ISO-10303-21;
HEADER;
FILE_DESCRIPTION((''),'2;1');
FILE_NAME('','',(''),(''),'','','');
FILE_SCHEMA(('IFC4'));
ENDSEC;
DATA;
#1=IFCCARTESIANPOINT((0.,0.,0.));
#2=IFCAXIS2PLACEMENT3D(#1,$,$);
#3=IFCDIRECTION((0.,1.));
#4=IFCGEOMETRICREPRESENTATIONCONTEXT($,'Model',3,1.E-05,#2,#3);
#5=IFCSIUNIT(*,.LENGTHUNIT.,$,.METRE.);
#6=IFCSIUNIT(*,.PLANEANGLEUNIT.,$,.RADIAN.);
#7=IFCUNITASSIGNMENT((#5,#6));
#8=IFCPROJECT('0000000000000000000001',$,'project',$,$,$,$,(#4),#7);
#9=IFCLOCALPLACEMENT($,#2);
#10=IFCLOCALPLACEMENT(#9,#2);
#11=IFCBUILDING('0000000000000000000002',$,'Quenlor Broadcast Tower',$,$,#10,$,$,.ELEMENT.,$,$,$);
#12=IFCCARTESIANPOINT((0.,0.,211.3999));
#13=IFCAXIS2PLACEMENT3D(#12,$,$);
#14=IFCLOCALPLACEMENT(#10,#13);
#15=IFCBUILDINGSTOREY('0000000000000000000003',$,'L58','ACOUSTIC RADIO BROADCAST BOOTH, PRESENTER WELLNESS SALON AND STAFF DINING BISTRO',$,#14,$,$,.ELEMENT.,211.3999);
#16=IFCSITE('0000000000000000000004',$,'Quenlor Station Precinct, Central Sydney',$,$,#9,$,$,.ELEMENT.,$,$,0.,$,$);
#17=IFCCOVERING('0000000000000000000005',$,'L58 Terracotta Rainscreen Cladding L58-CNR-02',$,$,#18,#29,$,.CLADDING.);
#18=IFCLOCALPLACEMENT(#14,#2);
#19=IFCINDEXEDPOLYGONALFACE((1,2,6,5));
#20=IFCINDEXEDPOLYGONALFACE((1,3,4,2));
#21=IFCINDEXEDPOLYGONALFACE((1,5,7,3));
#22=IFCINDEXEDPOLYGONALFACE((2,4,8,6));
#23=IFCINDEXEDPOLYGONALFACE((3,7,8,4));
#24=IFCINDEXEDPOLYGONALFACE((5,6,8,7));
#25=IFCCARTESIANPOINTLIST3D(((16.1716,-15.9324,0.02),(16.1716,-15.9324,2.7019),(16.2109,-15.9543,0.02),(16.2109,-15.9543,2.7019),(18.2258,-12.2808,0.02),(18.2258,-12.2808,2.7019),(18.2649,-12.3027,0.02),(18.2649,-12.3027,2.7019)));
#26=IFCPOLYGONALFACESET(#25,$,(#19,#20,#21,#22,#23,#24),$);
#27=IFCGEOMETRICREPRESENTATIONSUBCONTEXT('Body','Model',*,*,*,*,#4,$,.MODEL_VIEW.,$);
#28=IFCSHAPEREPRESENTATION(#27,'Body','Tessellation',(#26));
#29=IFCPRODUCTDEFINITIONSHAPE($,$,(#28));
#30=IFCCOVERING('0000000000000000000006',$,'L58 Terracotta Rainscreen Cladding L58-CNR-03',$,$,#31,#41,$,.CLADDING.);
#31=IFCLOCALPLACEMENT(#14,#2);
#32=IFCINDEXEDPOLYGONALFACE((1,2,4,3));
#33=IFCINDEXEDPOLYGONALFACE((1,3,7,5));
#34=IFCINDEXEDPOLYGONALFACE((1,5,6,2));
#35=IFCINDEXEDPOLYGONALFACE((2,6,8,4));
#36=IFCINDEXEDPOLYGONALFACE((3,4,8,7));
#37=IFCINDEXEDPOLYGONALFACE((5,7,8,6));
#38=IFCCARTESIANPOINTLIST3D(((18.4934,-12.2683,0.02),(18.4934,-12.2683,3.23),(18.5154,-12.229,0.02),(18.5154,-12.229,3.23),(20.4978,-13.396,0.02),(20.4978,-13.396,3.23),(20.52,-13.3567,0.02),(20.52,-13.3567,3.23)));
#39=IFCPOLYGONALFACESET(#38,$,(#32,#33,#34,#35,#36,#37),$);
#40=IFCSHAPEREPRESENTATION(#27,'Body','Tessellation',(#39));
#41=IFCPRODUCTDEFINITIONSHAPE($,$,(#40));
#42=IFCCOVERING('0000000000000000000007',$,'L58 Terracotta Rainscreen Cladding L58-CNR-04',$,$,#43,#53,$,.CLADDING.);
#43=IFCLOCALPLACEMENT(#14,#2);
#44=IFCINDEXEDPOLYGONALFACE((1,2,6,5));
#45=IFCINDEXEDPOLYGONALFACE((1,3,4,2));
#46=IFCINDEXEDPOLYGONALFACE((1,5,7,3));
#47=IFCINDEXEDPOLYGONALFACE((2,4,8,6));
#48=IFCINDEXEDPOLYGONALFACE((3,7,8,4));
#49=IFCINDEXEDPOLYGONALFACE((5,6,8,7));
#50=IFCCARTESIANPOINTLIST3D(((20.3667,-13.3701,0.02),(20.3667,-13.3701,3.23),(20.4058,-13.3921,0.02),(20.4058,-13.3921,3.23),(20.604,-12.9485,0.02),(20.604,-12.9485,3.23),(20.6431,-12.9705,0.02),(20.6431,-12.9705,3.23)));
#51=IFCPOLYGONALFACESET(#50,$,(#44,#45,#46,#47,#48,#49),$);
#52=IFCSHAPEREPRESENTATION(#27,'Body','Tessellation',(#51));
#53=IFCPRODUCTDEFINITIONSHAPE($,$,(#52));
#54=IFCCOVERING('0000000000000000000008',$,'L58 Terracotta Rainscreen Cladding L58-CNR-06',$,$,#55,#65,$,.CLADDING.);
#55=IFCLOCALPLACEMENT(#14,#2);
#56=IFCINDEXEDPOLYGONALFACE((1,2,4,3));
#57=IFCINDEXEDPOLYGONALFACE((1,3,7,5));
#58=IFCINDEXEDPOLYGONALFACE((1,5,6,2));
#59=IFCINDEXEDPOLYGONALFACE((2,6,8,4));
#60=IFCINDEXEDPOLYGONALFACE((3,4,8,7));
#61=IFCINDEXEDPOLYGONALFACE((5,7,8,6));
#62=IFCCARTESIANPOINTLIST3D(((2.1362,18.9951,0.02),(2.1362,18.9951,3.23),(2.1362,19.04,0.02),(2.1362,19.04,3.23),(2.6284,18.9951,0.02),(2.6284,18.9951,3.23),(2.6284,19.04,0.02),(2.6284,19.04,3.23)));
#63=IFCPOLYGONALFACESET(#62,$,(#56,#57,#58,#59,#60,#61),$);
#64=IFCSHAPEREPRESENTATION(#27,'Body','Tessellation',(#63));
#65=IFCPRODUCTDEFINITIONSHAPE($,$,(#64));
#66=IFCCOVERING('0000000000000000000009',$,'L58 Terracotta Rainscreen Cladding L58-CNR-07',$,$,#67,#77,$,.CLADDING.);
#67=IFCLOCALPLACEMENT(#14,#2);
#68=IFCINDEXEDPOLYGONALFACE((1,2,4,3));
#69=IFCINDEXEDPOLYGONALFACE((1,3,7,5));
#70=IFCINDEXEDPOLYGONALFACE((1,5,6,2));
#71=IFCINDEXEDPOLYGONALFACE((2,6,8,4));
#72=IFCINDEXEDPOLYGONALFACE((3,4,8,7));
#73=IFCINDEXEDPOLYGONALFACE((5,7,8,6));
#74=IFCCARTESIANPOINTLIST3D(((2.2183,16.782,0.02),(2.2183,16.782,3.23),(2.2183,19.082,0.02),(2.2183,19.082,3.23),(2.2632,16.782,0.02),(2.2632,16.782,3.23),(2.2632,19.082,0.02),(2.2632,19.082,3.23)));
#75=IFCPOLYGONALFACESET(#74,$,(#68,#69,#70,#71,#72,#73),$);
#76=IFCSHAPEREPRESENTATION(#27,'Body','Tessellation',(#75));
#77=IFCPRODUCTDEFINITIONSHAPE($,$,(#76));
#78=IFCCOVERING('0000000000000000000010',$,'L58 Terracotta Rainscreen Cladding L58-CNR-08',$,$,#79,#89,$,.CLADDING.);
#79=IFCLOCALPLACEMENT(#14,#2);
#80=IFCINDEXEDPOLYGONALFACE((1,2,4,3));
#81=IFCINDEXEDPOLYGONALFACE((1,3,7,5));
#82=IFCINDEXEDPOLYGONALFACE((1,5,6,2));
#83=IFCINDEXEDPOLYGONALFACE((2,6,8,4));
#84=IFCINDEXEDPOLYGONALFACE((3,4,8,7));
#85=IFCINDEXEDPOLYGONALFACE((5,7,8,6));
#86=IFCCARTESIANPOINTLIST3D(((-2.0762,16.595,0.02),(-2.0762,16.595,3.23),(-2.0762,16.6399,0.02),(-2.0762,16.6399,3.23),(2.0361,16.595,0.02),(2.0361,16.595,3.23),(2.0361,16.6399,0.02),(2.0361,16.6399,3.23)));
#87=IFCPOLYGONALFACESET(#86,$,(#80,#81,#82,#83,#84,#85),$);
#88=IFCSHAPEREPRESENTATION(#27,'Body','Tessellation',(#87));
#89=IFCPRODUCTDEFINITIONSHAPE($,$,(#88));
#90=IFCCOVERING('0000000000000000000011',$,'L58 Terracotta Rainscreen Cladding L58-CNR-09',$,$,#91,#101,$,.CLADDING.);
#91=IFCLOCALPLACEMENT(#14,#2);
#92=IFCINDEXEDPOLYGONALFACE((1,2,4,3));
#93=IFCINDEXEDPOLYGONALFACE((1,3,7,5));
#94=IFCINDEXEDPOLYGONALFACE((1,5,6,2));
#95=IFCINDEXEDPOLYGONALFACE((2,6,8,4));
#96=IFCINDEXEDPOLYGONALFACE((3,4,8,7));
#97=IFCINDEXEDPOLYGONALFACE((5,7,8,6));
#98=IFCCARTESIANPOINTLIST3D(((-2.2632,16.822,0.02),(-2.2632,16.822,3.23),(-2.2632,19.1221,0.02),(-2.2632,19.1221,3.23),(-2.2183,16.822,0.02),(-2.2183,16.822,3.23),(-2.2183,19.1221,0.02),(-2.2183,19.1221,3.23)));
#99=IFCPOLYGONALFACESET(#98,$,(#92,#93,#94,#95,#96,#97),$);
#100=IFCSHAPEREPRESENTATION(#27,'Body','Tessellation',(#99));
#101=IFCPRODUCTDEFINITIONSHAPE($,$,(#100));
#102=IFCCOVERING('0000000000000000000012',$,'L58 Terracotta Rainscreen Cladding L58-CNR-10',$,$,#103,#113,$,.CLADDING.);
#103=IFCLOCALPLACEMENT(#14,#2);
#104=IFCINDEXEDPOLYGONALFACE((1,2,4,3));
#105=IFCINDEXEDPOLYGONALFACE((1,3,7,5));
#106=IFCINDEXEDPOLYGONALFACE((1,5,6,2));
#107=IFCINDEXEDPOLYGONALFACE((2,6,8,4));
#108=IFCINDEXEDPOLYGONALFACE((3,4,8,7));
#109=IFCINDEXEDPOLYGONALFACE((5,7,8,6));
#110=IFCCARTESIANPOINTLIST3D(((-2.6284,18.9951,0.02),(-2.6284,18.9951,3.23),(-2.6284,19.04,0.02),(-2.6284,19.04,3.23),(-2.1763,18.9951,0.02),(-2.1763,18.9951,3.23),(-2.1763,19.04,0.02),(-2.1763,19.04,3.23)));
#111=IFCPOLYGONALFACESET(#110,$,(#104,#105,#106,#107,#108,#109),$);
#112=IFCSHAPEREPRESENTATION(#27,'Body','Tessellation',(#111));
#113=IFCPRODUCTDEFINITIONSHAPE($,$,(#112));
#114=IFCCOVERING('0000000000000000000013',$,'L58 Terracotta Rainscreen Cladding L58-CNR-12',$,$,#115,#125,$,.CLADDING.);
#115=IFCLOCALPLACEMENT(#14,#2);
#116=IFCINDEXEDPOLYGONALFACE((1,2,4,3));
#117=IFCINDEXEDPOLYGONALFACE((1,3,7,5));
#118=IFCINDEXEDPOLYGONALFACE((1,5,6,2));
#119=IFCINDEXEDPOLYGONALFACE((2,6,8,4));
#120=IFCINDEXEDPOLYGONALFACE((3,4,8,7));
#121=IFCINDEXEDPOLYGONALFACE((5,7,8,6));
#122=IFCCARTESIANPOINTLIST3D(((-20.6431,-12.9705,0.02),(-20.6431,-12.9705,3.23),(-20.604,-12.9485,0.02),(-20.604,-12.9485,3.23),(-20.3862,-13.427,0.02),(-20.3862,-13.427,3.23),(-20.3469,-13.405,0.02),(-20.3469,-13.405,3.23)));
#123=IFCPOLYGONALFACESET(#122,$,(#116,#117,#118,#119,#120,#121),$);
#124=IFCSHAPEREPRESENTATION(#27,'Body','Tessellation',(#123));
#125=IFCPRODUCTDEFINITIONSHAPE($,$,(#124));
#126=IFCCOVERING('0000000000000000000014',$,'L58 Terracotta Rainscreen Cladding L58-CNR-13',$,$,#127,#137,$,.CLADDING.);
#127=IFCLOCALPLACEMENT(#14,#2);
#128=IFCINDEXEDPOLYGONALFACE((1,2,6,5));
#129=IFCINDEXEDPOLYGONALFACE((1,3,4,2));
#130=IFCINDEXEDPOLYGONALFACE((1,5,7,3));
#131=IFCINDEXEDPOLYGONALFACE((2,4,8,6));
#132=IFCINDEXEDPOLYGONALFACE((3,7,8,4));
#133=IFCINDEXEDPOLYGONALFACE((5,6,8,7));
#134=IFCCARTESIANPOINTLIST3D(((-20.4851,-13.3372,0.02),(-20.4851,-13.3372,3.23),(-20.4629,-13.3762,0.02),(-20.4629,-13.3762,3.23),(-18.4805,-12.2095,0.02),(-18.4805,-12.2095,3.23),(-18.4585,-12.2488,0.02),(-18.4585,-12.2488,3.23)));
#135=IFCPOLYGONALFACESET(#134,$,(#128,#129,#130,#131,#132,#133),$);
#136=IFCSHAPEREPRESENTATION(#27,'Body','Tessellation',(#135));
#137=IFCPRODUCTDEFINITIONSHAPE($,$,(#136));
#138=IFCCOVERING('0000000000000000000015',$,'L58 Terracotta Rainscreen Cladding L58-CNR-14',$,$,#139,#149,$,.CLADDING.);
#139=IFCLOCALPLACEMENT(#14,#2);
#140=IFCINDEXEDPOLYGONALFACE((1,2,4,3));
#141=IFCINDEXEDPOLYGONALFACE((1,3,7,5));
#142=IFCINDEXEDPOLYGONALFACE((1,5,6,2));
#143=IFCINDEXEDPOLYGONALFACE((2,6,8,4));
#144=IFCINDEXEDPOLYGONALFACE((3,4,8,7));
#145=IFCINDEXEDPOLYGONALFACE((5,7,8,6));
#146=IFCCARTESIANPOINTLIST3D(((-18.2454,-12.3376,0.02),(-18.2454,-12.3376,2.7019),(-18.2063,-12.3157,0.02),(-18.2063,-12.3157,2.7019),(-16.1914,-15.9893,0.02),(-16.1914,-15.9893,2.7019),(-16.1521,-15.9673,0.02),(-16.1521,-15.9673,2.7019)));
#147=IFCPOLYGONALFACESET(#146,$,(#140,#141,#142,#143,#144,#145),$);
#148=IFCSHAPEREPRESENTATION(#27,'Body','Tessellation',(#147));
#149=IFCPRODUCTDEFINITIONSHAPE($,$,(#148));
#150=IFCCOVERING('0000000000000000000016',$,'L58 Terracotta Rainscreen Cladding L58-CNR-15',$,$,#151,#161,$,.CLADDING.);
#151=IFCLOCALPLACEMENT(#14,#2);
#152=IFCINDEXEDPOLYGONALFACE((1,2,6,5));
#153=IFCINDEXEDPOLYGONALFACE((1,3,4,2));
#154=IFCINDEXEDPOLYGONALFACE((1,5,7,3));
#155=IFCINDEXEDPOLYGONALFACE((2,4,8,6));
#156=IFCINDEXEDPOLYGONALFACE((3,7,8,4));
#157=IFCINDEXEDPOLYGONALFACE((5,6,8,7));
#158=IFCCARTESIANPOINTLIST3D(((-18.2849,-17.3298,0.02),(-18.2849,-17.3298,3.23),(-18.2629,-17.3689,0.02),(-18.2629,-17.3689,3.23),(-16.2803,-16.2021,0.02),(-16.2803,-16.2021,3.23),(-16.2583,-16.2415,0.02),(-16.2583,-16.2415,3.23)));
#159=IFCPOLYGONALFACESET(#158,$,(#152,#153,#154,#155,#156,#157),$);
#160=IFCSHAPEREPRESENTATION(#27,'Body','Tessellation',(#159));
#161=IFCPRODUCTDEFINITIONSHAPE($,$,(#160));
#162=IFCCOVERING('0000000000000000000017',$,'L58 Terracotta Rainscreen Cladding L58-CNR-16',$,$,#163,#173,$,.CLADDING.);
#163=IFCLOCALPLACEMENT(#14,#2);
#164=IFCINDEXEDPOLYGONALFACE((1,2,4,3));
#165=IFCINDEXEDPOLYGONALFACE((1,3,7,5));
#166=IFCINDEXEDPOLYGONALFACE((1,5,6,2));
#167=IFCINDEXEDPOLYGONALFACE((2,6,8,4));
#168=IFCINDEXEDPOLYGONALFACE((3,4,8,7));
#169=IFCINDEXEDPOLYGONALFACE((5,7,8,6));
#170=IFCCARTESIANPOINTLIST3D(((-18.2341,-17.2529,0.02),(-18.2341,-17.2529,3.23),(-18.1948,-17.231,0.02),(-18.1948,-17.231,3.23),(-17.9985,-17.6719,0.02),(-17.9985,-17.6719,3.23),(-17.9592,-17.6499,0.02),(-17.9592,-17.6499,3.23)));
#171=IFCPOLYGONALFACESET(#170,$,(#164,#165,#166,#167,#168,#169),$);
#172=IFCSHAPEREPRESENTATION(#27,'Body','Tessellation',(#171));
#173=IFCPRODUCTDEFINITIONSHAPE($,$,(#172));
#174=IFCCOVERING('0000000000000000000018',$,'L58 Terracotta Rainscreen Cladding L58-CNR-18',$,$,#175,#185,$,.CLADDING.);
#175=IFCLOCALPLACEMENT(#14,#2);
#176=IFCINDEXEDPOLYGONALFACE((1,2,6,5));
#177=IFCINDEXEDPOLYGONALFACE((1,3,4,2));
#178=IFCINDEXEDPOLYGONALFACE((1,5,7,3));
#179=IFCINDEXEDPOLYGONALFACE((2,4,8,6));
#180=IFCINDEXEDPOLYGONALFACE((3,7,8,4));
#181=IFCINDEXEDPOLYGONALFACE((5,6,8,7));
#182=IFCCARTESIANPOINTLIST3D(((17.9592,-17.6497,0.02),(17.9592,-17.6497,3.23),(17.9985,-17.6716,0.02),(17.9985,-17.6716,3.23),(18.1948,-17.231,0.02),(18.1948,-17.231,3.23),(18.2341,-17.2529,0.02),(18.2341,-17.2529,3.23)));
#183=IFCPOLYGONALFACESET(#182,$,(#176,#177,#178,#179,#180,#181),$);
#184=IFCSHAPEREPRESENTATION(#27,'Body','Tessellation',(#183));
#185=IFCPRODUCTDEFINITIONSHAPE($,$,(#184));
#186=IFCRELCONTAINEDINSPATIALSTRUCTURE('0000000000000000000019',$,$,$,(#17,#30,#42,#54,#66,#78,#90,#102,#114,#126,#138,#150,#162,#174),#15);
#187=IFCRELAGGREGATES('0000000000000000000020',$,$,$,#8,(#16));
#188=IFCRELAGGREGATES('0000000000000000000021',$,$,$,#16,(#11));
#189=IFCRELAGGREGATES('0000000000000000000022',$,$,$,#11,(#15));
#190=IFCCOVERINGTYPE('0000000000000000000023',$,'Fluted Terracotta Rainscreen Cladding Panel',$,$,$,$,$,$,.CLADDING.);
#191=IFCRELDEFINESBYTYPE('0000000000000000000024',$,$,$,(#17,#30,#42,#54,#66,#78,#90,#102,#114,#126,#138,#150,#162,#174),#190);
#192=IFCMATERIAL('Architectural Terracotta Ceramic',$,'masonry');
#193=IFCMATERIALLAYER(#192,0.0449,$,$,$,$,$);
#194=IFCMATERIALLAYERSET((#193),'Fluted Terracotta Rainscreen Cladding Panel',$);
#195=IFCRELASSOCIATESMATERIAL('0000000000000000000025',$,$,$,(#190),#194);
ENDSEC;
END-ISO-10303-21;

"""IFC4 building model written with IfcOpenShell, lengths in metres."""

from ifc_helpers import new_model, si_unit, direction, frame, origin, place, context, subcontext, project, spatial, polyline, outline, extrude, material, layer, layer_set, type_object, element, save


model = new_model("IFC4")

# Units and contexts
model_context = context("Model", 3, precision=1e-05, world=origin(), true_north=direction((0.0, 1.0)))
body_context = subcontext(model_context, "Body", "Model", "MODEL_VIEW")
ifc_project = project(units=[si_unit("LENGTHUNIT", "METRE"), si_unit("PLANEANGLEUNIT", "RADIAN")], contexts=[model_context])

# Site, building, storey
site_placement = place(None, origin())
site = spatial("IfcSite", under=ifc_project, at=site_placement, Name="Quenlor Station Precinct, Central Sydney", CompositionType="ELEMENT", RefElevation=0.0)
building_placement = place(site_placement, origin())
building = spatial("IfcBuilding", under=site, at=building_placement, Name="Quenlor Broadcast Tower", CompositionType="ELEMENT")
storey_placement = place(building_placement, frame((0.0, 0.0, 211.3999)))
storey = spatial("IfcBuildingStorey", under=building, at=storey_placement, Name="L58", Description="ACOUSTIC RADIO BROADCAST BOOTH, PRESENTER WELLNESS SALON AND STAFF DINING BISTRO", CompositionType="ELEMENT", Elevation=211.3999)

# Coverings
ifc_material_1 = material(Name="Architectural Terracotta Ceramic", Category="masonry")
ifc_layer_1 = layer(ifc_material_1, 0.0449)
ifc_layer_set_1 = layer_set([ifc_layer_1], Name="Fluted Terracotta Rainscreen Cladding Panel")
covering_type_1 = type_object("IfcCoveringType", Name="Fluted Terracotta Rainscreen Cladding Panel", PredefinedType="CLADDING", material=ifc_layer_set_1)
covering_1_placement = place(storey_placement, frame((0.0, 0.0, 0.02)))
element("IfcCovering", 1, at=covering_1_placement, inside=storey, type_object=covering_type_1, Name="L58 Terracotta Rainscreen Cladding L58-CNR-02", PredefinedType="CLADDING", context=body_context, shape_type="SweptSolid", body=[
    extrude(outline(polyline([(16.2109, -15.9543), (18.2649, -12.3027), (18.2258, -12.2808), (16.1716, -15.9324), (16.2109, -15.9543)])), origin(), (0.0, 0.0, 1.0), 2.6819),
])
covering_2_placement = place(storey_placement, frame((0.0, 0.0, 0.02)))
element("IfcCovering", 2, at=covering_2_placement, inside=storey, type_object=covering_type_1, Name="L58 Terracotta Rainscreen Cladding L58-CNR-03", PredefinedType="CLADDING", context=body_context, shape_type="SweptSolid", body=[
    extrude(outline(polyline([(18.4934, -12.2683), (20.4978, -13.396), (20.52, -13.3567), (18.5154, -12.229), (18.4934, -12.2683)])), origin(), (0.0, 0.0, 1.0), 3.21),
])
covering_3_placement = place(storey_placement, frame((0.0, 0.0, 0.02)))
element("IfcCovering", 3, at=covering_3_placement, inside=storey, type_object=covering_type_1, Name="L58 Terracotta Rainscreen Cladding L58-CNR-04", PredefinedType="CLADDING", context=body_context, shape_type="SweptSolid", body=[
    extrude(outline(polyline([(20.4058, -13.3921), (20.6431, -12.9705), (20.604, -12.9485), (20.3667, -13.3701), (20.4058, -13.3921)])), origin(), (0.0, 0.0, 1.0), 3.21),
])
covering_4_placement = place(storey_placement, frame((0.0, 0.0, 0.02)))
element("IfcCovering", 4, at=covering_4_placement, inside=storey, type_object=covering_type_1, Name="L58 Terracotta Rainscreen Cladding L58-CNR-06", PredefinedType="CLADDING", context=body_context, shape_type="SweptSolid", body=[
    extrude(outline(polyline([(2.6284, 19.04), (2.1362, 19.04), (2.1362, 18.9951), (2.6284, 18.9951), (2.6284, 19.04)])), origin(), (0.0, 0.0, 1.0), 3.21),
])
covering_5_placement = place(storey_placement, frame((0.0, 0.0, 0.02)))
element("IfcCovering", 5, at=covering_5_placement, inside=storey, type_object=covering_type_1, Name="L58 Terracotta Rainscreen Cladding L58-CNR-07", PredefinedType="CLADDING", context=body_context, shape_type="SweptSolid", body=[
    extrude(outline(polyline([(2.2183, 19.082), (2.2183, 16.782), (2.2632, 16.782), (2.2632, 19.082), (2.2183, 19.082)])), origin(), (0.0, 0.0, 1.0), 3.21),
])
covering_6_placement = place(storey_placement, frame((0.0, 0.0, 0.02)))
element("IfcCovering", 6, at=covering_6_placement, inside=storey, type_object=covering_type_1, Name="L58 Terracotta Rainscreen Cladding L58-CNR-08", PredefinedType="CLADDING", context=body_context, shape_type="SweptSolid", body=[
    extrude(outline(polyline([(2.0361, 16.6399), (-2.0762, 16.6399), (-2.0762, 16.595), (2.0361, 16.595), (2.0361, 16.6399)])), origin(), (0.0, 0.0, 1.0), 3.21),
])
covering_7_placement = place(storey_placement, frame((0.0, 0.0, 0.02)))
element("IfcCovering", 7, at=covering_7_placement, inside=storey, type_object=covering_type_1, Name="L58 Terracotta Rainscreen Cladding L58-CNR-09", PredefinedType="CLADDING", context=body_context, shape_type="SweptSolid", body=[
    extrude(outline(polyline([(-2.2183, 16.822), (-2.2183, 19.1221), (-2.2632, 19.1221), (-2.2632, 16.822), (-2.2183, 16.822)])), origin(), (0.0, 0.0, 1.0), 3.21),
])
covering_8_placement = place(storey_placement, frame((0.0, 0.0, 0.02)))
element("IfcCovering", 8, at=covering_8_placement, inside=storey, type_object=covering_type_1, Name="L58 Terracotta Rainscreen Cladding L58-CNR-10", PredefinedType="CLADDING", context=body_context, shape_type="SweptSolid", body=[
    extrude(outline(polyline([(-2.1763, 19.04), (-2.6284, 19.04), (-2.6284, 18.9951), (-2.1763, 18.9951), (-2.1763, 19.04)])), origin(), (0.0, 0.0, 1.0), 3.21),
])
covering_9_placement = place(storey_placement, frame((0.0, 0.0, 0.02)))
element("IfcCovering", 9, at=covering_9_placement, inside=storey, type_object=covering_type_1, Name="L58 Terracotta Rainscreen Cladding L58-CNR-12", PredefinedType="CLADDING", context=body_context, shape_type="SweptSolid", body=[
    extrude(outline(polyline([(-20.6431, -12.9705), (-20.3862, -13.427), (-20.3469, -13.405), (-20.604, -12.9485), (-20.6431, -12.9705)])), origin(), (0.0, 0.0, 1.0), 3.21),
])
covering_10_placement = place(storey_placement, frame((0.0, 0.0, 0.02)))
element("IfcCovering", 10, at=covering_10_placement, inside=storey, type_object=covering_type_1, Name="L58 Terracotta Rainscreen Cladding L58-CNR-13", PredefinedType="CLADDING", context=body_context, shape_type="SweptSolid", body=[
    extrude(outline(polyline([(-20.4629, -13.3762), (-18.4585, -12.2488), (-18.4805, -12.2095), (-20.4851, -13.3372), (-20.4629, -13.3762)])), origin(), (0.0, 0.0, 1.0), 3.21),
])
covering_11_placement = place(storey_placement, frame((0.0, 0.0, 0.02)))
element("IfcCovering", 11, at=covering_11_placement, inside=storey, type_object=covering_type_1, Name="L58 Terracotta Rainscreen Cladding L58-CNR-14", PredefinedType="CLADDING", context=body_context, shape_type="SweptSolid", body=[
    extrude(outline(polyline([(-18.2454, -12.3376), (-16.1914, -15.9893), (-16.1521, -15.9673), (-18.2063, -12.3157), (-18.2454, -12.3376)])), origin(), (0.0, 0.0, 1.0), 2.6819),
])
covering_12_placement = place(storey_placement, frame((0.0, 0.0, 0.02)))
element("IfcCovering", 12, at=covering_12_placement, inside=storey, type_object=covering_type_1, Name="L58 Terracotta Rainscreen Cladding L58-CNR-15", PredefinedType="CLADDING", context=body_context, shape_type="SweptSolid", body=[
    extrude(outline(polyline([(-16.2803, -16.2021), (-18.2849, -17.3298), (-18.2629, -17.3689), (-16.2583, -16.2415), (-16.2803, -16.2021)])), origin(), (0.0, 0.0, 1.0), 3.21),
])
covering_13_placement = place(storey_placement, frame((0.0, 0.0, 0.02)))
element("IfcCovering", 13, at=covering_13_placement, inside=storey, type_object=covering_type_1, Name="L58 Terracotta Rainscreen Cladding L58-CNR-16", PredefinedType="CLADDING", context=body_context, shape_type="SweptSolid", body=[
    extrude(outline(polyline([(-18.2341, -17.2529), (-17.9985, -17.6719), (-17.9592, -17.6499), (-18.1948, -17.231), (-18.2341, -17.2529)])), origin(), (0.0, 0.0, 1.0), 3.21),
])
covering_14_placement = place(storey_placement, frame((0.0, 0.0, 0.02)))
element("IfcCovering", 14, at=covering_14_placement, inside=storey, type_object=covering_type_1, Name="L58 Terracotta Rainscreen Cladding L58-CNR-18", PredefinedType="CLADDING", context=body_context, shape_type="SweptSolid", body=[
    extrude(outline(polyline([(17.9985, -17.6716), (18.2341, -17.2529), (18.1948, -17.231), (17.9592, -17.6497), (17.9985, -17.6716)])), origin(), (0.0, 0.0, 1.0), 3.21),
])

save(model, "model.ifc")
